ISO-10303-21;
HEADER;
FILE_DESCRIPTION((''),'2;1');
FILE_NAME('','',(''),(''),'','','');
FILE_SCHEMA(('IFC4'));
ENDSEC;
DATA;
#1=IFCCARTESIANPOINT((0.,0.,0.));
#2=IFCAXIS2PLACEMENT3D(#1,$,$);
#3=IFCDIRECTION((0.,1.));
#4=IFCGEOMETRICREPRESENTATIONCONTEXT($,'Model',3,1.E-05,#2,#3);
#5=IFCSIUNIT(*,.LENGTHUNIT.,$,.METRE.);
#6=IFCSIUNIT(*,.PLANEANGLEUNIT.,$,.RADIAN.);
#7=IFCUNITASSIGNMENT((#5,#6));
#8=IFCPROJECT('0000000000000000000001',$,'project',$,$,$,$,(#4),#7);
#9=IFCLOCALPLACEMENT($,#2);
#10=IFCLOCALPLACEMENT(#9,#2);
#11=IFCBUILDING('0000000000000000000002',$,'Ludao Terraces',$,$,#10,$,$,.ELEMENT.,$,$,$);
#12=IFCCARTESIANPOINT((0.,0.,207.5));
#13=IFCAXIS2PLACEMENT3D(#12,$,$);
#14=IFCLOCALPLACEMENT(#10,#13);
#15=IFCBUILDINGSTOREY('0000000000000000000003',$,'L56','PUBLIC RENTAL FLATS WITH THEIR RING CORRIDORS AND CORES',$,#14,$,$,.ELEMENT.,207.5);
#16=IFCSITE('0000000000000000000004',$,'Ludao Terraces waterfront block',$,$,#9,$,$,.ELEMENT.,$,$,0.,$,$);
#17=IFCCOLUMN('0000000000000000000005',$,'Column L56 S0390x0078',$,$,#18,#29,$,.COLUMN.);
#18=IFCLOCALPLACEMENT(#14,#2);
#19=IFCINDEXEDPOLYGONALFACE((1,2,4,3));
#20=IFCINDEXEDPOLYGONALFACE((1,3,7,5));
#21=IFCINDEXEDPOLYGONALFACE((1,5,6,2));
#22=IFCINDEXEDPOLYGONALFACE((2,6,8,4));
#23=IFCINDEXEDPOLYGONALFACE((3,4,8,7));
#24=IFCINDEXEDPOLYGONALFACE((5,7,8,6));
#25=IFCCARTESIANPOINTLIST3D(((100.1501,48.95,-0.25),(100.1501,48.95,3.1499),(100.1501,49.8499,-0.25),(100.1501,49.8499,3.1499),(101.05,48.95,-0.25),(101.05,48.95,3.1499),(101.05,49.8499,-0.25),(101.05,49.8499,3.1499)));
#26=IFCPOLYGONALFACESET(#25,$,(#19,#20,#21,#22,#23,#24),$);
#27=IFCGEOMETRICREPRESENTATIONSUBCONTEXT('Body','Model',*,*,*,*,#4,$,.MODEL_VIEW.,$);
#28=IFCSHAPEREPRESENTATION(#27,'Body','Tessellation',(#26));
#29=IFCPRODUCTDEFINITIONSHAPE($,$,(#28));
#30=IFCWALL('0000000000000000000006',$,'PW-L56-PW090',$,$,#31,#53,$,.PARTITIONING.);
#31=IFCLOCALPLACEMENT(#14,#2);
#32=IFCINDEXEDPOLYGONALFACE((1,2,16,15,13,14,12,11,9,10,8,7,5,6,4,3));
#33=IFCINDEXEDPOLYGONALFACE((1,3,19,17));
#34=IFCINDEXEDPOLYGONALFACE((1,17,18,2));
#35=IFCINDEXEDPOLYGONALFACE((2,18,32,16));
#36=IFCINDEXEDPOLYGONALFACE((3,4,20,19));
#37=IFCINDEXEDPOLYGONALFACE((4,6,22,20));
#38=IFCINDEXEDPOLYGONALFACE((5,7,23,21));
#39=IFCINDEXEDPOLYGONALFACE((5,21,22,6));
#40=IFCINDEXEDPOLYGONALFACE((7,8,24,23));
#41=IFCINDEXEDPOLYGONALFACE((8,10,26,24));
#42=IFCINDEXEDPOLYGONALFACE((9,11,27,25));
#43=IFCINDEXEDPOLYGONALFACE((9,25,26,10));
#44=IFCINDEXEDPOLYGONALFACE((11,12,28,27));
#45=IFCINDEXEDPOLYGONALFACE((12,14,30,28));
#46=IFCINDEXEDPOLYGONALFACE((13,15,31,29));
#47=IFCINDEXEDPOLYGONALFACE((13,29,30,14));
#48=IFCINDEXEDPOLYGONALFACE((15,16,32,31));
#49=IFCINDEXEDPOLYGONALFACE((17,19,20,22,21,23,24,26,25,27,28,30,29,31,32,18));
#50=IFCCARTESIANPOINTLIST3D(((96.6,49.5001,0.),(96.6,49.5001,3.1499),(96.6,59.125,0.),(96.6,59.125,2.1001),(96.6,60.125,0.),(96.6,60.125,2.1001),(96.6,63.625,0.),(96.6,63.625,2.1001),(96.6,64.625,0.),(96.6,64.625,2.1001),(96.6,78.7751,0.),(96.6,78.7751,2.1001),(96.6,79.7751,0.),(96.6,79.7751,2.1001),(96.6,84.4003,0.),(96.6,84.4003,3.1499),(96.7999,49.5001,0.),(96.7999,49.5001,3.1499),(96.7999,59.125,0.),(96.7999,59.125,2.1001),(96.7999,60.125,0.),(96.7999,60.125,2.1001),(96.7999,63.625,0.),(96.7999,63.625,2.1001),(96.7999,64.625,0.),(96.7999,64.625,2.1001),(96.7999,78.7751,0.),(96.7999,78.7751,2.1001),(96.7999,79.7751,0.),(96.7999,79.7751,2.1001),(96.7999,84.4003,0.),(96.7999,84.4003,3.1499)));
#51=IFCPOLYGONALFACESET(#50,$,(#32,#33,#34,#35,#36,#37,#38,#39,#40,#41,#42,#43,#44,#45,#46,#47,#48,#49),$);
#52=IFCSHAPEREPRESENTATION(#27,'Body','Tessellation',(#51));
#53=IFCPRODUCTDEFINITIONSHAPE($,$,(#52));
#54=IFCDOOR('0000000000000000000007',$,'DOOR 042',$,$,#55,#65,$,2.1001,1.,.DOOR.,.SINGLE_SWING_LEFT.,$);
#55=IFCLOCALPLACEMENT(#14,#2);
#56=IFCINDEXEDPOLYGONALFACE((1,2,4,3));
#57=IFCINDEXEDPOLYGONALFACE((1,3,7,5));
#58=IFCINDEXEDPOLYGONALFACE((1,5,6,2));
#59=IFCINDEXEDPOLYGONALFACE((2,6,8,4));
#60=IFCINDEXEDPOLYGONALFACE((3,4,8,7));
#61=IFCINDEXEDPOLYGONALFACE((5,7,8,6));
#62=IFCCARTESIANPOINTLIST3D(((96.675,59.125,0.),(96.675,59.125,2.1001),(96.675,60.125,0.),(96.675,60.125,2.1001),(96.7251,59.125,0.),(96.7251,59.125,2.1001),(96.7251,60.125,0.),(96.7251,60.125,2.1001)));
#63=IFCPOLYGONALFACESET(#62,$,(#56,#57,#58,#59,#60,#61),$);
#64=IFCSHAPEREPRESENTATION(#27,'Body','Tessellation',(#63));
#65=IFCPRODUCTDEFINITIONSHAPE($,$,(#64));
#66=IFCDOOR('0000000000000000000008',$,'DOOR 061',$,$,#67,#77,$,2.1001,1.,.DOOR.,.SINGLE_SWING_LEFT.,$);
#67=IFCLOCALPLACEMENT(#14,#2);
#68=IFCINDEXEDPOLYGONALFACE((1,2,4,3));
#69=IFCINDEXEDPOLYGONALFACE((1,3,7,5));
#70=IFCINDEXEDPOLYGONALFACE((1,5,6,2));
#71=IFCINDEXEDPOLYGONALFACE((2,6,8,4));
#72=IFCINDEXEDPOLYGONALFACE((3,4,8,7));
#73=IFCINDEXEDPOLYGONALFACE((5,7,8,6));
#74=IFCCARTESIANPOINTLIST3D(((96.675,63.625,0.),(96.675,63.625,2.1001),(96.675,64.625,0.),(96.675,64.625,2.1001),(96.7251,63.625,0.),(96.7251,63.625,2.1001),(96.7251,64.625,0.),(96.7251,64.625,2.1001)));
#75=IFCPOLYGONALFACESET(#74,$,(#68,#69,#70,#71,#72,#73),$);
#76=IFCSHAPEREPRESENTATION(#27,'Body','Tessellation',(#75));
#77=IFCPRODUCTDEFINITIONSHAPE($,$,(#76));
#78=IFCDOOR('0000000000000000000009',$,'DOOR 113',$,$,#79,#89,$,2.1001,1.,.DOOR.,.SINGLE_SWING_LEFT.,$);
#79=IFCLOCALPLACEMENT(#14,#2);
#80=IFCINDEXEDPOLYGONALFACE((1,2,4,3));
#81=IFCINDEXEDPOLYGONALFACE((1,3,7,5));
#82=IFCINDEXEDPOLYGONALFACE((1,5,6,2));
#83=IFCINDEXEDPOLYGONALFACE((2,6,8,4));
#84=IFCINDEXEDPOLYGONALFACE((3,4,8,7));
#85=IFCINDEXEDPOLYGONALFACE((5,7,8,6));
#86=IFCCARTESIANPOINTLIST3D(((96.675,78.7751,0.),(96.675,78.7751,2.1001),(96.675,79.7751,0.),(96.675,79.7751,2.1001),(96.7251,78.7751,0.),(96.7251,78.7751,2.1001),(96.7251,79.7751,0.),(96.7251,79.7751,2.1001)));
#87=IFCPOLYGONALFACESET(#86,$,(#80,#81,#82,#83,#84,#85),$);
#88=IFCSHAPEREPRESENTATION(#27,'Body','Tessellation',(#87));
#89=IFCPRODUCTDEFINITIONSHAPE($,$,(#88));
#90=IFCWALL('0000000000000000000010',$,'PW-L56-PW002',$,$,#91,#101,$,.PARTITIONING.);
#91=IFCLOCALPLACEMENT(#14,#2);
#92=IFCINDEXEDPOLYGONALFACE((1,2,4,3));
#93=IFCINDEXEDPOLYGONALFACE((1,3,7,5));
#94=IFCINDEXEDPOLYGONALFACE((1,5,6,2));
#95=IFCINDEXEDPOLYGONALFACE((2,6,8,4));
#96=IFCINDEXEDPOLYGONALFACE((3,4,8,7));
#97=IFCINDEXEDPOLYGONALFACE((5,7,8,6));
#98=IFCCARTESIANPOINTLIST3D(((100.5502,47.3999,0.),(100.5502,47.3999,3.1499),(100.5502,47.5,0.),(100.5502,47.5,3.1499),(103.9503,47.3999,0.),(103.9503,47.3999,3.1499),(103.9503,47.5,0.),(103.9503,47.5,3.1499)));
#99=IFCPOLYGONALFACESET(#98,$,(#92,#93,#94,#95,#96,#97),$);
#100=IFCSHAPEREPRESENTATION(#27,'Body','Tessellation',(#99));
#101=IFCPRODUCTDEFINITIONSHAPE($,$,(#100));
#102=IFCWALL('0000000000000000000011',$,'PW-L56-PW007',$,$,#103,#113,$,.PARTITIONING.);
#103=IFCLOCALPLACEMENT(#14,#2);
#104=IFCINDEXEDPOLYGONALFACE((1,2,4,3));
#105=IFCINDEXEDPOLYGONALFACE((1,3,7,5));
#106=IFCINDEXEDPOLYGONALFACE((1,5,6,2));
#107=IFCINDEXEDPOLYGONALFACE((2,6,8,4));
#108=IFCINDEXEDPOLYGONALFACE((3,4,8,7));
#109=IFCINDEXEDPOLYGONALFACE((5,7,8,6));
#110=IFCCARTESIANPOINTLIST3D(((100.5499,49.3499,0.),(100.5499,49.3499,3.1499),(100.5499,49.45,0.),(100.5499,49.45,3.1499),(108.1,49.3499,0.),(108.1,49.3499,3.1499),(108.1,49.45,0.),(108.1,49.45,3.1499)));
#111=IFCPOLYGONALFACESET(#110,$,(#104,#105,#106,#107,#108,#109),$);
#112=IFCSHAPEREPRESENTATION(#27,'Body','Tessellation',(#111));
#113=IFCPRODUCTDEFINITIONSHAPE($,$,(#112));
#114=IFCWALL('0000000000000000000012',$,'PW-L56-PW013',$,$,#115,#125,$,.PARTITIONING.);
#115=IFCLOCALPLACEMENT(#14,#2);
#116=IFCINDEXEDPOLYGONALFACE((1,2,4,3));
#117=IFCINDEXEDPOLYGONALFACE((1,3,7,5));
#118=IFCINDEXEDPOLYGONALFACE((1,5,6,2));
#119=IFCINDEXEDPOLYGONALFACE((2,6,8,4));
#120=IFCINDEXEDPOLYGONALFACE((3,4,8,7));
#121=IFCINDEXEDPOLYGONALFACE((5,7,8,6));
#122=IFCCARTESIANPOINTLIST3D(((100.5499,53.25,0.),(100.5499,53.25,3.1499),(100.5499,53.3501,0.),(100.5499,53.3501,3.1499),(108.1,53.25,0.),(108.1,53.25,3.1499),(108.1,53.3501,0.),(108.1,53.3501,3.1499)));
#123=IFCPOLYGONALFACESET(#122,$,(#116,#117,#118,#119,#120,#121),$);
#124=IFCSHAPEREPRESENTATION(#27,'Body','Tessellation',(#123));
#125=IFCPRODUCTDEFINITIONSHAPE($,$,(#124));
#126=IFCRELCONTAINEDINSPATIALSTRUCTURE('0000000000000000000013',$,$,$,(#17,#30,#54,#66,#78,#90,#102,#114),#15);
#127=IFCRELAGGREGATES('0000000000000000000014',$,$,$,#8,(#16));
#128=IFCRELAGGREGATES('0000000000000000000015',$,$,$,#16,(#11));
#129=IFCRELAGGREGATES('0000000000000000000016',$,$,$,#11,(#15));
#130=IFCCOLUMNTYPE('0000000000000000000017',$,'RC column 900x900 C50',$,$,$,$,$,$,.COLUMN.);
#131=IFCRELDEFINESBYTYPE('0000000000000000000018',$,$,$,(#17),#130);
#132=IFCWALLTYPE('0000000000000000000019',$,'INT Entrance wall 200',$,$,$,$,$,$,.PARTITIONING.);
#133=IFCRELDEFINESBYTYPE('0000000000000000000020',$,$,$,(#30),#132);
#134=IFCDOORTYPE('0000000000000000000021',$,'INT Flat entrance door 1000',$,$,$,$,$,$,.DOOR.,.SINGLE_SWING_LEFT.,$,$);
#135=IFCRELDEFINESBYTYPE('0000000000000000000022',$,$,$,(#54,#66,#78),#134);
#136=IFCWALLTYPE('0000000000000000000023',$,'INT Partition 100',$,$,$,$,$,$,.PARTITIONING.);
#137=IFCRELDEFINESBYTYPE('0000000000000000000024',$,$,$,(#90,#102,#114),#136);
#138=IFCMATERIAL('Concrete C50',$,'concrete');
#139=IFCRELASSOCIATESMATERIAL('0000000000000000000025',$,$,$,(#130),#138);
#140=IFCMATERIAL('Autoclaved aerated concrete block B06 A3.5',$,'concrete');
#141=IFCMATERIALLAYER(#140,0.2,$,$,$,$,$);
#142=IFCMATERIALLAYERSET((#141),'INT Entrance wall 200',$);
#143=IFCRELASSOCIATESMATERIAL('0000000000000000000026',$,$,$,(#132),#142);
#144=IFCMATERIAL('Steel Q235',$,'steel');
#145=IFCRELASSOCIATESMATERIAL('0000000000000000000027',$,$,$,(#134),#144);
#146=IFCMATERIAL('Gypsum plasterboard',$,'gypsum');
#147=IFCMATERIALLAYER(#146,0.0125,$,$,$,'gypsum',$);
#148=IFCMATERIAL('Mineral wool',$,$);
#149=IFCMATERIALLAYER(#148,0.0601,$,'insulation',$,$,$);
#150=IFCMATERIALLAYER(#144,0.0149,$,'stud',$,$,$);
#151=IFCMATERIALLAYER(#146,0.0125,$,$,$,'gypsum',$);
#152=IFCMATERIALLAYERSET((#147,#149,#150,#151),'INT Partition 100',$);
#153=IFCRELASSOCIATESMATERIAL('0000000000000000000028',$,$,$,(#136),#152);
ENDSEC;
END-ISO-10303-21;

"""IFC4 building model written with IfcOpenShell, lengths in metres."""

from ifc_helpers import new_model, si_unit, direction, frame, frame_2d, origin, origin_2d, place, context, subcontext, project, spatial, rectangle, extrude, material, layer, layer_set, material_profile, profile_set, type_object, element, fill, save


model = new_model("IFC4")

# Units and contexts
model_context = context("Model", 3, precision=1e-05, world=origin(), true_north=direction((0.0, 1.0)))
body_context = subcontext(model_context, "Body", "Model", "MODEL_VIEW")
ifc_project = project(units=[si_unit("LENGTHUNIT", "METRE"), si_unit("PLANEANGLEUNIT", "RADIAN")], contexts=[model_context])

# Site, building, storey
site_placement = place(None, origin())
site = spatial("IfcSite", under=ifc_project, at=site_placement, Name="Ludao Terraces waterfront block", CompositionType="ELEMENT", RefElevation=0.0)
building_placement = place(site_placement, origin())
building = spatial("IfcBuilding", under=site, at=building_placement, Name="Ludao Terraces", CompositionType="ELEMENT")
storey_placement = place(building_placement, frame((0.0, 0.0, 207.5)))
storey = spatial("IfcBuildingStorey", under=building, at=storey_placement, Name="L56", Description="PUBLIC RENTAL FLATS WITH THEIR RING CORRIDORS AND CORES", CompositionType="ELEMENT", Elevation=207.5)

# Column
ifc_material_1 = material(Name="Concrete C50", Category="concrete")
ifc_material_profile = material_profile(ifc_material_1, rectangle(XDim=0.8999, YDim=0.8999, at=origin_2d()), Name="900 X 900")
ifc_profile_set = profile_set([ifc_material_profile], Name="Concrete C50")
column_type = type_object("IfcColumnType", Name="RC column 900x900 C50", PredefinedType="COLUMN", material=ifc_profile_set)
column_placement = place(storey_placement, frame((100.6001, 49.3999, -0.25), z_axis=(0.0, 0.0, 1.0), x_axis=(1.0, 0.0, 0.0)))
element("IfcColumn", 1, at=column_placement, inside=storey, type_object=column_type, Name="Column L56 S0390x0078", PredefinedType="COLUMN", context=body_context, shape_type="SweptSolid", body=[
    extrude(rectangle(XDim=0.8999, YDim=0.8999, at=origin_2d()), origin(), (0.0, 0.0, 1.0), 3.3999),
])

# Wall, openings, doors
ifc_material_2 = material(Name="Autoclaved aerated concrete block B06 A3.5", Category="concrete")
ifc_layer_1 = layer(ifc_material_2, 0.2)
ifc_layer_set_1 = layer_set([ifc_layer_1], Name="INT Entrance wall 200")
wall_type_1 = type_object("IfcWallType", Name="INT Entrance wall 200", PredefinedType="PARTITIONING", material=ifc_layer_set_1)
wall_1_placement = place(storey_placement, frame((96.7, 49.5, 0.0), z_axis=(0.0, 0.0, 1.0), x_axis=(0.0, 1.0, 0.0)))
wall_1 = element("IfcWall", 2, at=wall_1_placement, inside=storey, type_object=wall_type_1, Name="PW-L56-PW090", PredefinedType="PARTITIONING", context=body_context, shape_type="SweptSolid", body=[
    extrude(rectangle(XDim=34.9001, YDim=0.2, at=frame_2d((17.4502, 0.0))), origin(), (0.0, 0.0, 1.0), 3.1499),
])
opening_1_placement = place(wall_1_placement, frame((9.625, 0.0, 0.0)))
opening_1 = element("IfcOpeningElement", 3, at=opening_1_placement, cuts=wall_1, PredefinedType="OPENING", context=body_context, shape_type="SweptSolid", body=[
    extrude(rectangle(XDim=1.0, YDim=2.1001, at=frame_2d((0.5, 1.05))), frame((0.0, 0.1099, 0.0), z_axis=(0.0, -1.0, 0.0), x_axis=(1.0, 0.0, 0.0)), (0.0, 0.0, 1.0), 0.22),
])
opening_2_placement = place(wall_1_placement, frame((14.125, 0.0, 0.0)))
opening_2 = element("IfcOpeningElement", 4, at=opening_2_placement, cuts=wall_1, PredefinedType="OPENING", context=body_context, shape_type="SweptSolid", body=[
    extrude(rectangle(XDim=1.0, YDim=2.1001, at=frame_2d((0.5, 1.05))), frame((0.0, 0.1099, 0.0), z_axis=(0.0, -1.0, 0.0), x_axis=(1.0, 0.0, 0.0)), (0.0, 0.0, 1.0), 0.22),
])
opening_3_placement = place(wall_1_placement, frame((29.2751, 0.0, 0.0)))
opening_3 = element("IfcOpeningElement", 5, at=opening_3_placement, cuts=wall_1, PredefinedType="OPENING", context=body_context, shape_type="SweptSolid", body=[
    extrude(rectangle(XDim=1.0, YDim=2.1001, at=frame_2d((0.5, 1.05))), frame((0.0, 0.1099, 0.0), z_axis=(0.0, -1.0, 0.0), x_axis=(1.0, 0.0, 0.0)), (0.0, 0.0, 1.0), 0.22),
])
ifc_material_3 = material(Name="Steel Q235", Category="steel")
door_type = type_object("IfcDoorType", Name="INT Flat entrance door 1000", OperationType="SINGLE_SWING_LEFT", PredefinedType="DOOR", material=ifc_material_3)
door_1_placement = place(opening_1_placement, origin())
door_1 = element("IfcDoor", 6, at=door_1_placement, inside=storey, type_object=door_type, Name="DOOR 042", OperationType="SINGLE_SWING_LEFT", OverallHeight=2.1001, OverallWidth=1.0, PredefinedType="DOOR", context=body_context, shape_type="SweptSolid", body=[
    extrude(rectangle(XDim=1.0, YDim=2.1001, at=frame_2d((0.5, 1.05))), frame((0.0, 0.0249, 0.0), z_axis=(0.0, -1.0, 0.0), x_axis=(1.0, 0.0, 0.0)), (0.0, 0.0, 1.0), 0.05),
])
fill(opening_1, door_1)
door_2_placement = place(opening_2_placement, origin())
door_2 = element("IfcDoor", 7, at=door_2_placement, inside=storey, type_object=door_type, Name="DOOR 061", OperationType="SINGLE_SWING_LEFT", OverallHeight=2.1001, OverallWidth=1.0, PredefinedType="DOOR", context=body_context, shape_type="SweptSolid", body=[
    extrude(rectangle(XDim=1.0, YDim=2.1001, at=frame_2d((0.5, 1.05))), frame((0.0, 0.0249, 0.0), z_axis=(0.0, -1.0, 0.0), x_axis=(1.0, 0.0, 0.0)), (0.0, 0.0, 1.0), 0.05),
])
fill(opening_2, door_2)
door_3_placement = place(opening_3_placement, origin())
door_3 = element("IfcDoor", 8, at=door_3_placement, inside=storey, type_object=door_type, Name="DOOR 113", OperationType="SINGLE_SWING_LEFT", OverallHeight=2.1001, OverallWidth=1.0, PredefinedType="DOOR", context=body_context, shape_type="SweptSolid", body=[
    extrude(rectangle(XDim=1.0, YDim=2.1001, at=frame_2d((0.5, 1.05))), frame((0.0, 0.0249, 0.0), z_axis=(0.0, -1.0, 0.0), x_axis=(1.0, 0.0, 0.0)), (0.0, 0.0, 1.0), 0.05),
])
fill(opening_3, door_3)

# Walls
ifc_material_4 = material(Name="Gypsum plasterboard", Category="gypsum")
ifc_layer_2 = layer(ifc_material_4, 0.0125, Category="gypsum")
ifc_material_5 = material(Name="Mineral wool")
ifc_layer_3 = layer(ifc_material_5, 0.0601, Name="insulation")
ifc_layer_4 = layer(ifc_material_3, 0.0149, Name="stud")
ifc_layer_5 = layer(ifc_material_4, 0.0125, Category="gypsum")
ifc_layer_set_2 = layer_set([ifc_layer_2, ifc_layer_3, ifc_layer_4, ifc_layer_5], Name="INT Partition 100")
wall_type_2 = type_object("IfcWallType", Name="INT Partition 100", PredefinedType="PARTITIONING", material=ifc_layer_set_2)
wall_2_placement = place(storey_placement, frame((100.55, 47.45, 0.0), z_axis=(0.0, 0.0, 1.0), x_axis=(1.0, 0.0, 0.0)))
element("IfcWall", 9, at=wall_2_placement, inside=storey, type_object=wall_type_2, Name="PW-L56-PW002", PredefinedType="PARTITIONING", context=body_context, shape_type="SweptSolid", body=[
    extrude(rectangle(XDim=3.4001, YDim=0.1001, at=frame_2d((1.7002, 0.0))), origin(), (0.0, 0.0, 1.0), 3.1499),
])
for number, where, z_axis, x_axis, name in (
    (10, (100.55, 49.3999, 0.0), (0.0, 0.0, 1.0), (1.0, 0.0, 0.0), "PW-L56-PW007"),
    (11, (100.55, 53.3, 0.0), (0.0, 0.0, 1.0), (1.0, 0.0, 0.0), "PW-L56-PW013"),
):
    element("IfcWall", number, at=place(storey_placement, frame(where, z_axis=z_axis, x_axis=x_axis)), inside=storey, type_object=wall_type_2, Name=name, PredefinedType="PARTITIONING", context=body_context, shape_type="SweptSolid", body=[
        extrude(rectangle(XDim=7.55, YDim=0.1001, at=frame_2d((3.7749, 0.0))), origin(), (0.0, 0.0, 1.0), 3.1499),
    ])

save(model, "model.ifc")
